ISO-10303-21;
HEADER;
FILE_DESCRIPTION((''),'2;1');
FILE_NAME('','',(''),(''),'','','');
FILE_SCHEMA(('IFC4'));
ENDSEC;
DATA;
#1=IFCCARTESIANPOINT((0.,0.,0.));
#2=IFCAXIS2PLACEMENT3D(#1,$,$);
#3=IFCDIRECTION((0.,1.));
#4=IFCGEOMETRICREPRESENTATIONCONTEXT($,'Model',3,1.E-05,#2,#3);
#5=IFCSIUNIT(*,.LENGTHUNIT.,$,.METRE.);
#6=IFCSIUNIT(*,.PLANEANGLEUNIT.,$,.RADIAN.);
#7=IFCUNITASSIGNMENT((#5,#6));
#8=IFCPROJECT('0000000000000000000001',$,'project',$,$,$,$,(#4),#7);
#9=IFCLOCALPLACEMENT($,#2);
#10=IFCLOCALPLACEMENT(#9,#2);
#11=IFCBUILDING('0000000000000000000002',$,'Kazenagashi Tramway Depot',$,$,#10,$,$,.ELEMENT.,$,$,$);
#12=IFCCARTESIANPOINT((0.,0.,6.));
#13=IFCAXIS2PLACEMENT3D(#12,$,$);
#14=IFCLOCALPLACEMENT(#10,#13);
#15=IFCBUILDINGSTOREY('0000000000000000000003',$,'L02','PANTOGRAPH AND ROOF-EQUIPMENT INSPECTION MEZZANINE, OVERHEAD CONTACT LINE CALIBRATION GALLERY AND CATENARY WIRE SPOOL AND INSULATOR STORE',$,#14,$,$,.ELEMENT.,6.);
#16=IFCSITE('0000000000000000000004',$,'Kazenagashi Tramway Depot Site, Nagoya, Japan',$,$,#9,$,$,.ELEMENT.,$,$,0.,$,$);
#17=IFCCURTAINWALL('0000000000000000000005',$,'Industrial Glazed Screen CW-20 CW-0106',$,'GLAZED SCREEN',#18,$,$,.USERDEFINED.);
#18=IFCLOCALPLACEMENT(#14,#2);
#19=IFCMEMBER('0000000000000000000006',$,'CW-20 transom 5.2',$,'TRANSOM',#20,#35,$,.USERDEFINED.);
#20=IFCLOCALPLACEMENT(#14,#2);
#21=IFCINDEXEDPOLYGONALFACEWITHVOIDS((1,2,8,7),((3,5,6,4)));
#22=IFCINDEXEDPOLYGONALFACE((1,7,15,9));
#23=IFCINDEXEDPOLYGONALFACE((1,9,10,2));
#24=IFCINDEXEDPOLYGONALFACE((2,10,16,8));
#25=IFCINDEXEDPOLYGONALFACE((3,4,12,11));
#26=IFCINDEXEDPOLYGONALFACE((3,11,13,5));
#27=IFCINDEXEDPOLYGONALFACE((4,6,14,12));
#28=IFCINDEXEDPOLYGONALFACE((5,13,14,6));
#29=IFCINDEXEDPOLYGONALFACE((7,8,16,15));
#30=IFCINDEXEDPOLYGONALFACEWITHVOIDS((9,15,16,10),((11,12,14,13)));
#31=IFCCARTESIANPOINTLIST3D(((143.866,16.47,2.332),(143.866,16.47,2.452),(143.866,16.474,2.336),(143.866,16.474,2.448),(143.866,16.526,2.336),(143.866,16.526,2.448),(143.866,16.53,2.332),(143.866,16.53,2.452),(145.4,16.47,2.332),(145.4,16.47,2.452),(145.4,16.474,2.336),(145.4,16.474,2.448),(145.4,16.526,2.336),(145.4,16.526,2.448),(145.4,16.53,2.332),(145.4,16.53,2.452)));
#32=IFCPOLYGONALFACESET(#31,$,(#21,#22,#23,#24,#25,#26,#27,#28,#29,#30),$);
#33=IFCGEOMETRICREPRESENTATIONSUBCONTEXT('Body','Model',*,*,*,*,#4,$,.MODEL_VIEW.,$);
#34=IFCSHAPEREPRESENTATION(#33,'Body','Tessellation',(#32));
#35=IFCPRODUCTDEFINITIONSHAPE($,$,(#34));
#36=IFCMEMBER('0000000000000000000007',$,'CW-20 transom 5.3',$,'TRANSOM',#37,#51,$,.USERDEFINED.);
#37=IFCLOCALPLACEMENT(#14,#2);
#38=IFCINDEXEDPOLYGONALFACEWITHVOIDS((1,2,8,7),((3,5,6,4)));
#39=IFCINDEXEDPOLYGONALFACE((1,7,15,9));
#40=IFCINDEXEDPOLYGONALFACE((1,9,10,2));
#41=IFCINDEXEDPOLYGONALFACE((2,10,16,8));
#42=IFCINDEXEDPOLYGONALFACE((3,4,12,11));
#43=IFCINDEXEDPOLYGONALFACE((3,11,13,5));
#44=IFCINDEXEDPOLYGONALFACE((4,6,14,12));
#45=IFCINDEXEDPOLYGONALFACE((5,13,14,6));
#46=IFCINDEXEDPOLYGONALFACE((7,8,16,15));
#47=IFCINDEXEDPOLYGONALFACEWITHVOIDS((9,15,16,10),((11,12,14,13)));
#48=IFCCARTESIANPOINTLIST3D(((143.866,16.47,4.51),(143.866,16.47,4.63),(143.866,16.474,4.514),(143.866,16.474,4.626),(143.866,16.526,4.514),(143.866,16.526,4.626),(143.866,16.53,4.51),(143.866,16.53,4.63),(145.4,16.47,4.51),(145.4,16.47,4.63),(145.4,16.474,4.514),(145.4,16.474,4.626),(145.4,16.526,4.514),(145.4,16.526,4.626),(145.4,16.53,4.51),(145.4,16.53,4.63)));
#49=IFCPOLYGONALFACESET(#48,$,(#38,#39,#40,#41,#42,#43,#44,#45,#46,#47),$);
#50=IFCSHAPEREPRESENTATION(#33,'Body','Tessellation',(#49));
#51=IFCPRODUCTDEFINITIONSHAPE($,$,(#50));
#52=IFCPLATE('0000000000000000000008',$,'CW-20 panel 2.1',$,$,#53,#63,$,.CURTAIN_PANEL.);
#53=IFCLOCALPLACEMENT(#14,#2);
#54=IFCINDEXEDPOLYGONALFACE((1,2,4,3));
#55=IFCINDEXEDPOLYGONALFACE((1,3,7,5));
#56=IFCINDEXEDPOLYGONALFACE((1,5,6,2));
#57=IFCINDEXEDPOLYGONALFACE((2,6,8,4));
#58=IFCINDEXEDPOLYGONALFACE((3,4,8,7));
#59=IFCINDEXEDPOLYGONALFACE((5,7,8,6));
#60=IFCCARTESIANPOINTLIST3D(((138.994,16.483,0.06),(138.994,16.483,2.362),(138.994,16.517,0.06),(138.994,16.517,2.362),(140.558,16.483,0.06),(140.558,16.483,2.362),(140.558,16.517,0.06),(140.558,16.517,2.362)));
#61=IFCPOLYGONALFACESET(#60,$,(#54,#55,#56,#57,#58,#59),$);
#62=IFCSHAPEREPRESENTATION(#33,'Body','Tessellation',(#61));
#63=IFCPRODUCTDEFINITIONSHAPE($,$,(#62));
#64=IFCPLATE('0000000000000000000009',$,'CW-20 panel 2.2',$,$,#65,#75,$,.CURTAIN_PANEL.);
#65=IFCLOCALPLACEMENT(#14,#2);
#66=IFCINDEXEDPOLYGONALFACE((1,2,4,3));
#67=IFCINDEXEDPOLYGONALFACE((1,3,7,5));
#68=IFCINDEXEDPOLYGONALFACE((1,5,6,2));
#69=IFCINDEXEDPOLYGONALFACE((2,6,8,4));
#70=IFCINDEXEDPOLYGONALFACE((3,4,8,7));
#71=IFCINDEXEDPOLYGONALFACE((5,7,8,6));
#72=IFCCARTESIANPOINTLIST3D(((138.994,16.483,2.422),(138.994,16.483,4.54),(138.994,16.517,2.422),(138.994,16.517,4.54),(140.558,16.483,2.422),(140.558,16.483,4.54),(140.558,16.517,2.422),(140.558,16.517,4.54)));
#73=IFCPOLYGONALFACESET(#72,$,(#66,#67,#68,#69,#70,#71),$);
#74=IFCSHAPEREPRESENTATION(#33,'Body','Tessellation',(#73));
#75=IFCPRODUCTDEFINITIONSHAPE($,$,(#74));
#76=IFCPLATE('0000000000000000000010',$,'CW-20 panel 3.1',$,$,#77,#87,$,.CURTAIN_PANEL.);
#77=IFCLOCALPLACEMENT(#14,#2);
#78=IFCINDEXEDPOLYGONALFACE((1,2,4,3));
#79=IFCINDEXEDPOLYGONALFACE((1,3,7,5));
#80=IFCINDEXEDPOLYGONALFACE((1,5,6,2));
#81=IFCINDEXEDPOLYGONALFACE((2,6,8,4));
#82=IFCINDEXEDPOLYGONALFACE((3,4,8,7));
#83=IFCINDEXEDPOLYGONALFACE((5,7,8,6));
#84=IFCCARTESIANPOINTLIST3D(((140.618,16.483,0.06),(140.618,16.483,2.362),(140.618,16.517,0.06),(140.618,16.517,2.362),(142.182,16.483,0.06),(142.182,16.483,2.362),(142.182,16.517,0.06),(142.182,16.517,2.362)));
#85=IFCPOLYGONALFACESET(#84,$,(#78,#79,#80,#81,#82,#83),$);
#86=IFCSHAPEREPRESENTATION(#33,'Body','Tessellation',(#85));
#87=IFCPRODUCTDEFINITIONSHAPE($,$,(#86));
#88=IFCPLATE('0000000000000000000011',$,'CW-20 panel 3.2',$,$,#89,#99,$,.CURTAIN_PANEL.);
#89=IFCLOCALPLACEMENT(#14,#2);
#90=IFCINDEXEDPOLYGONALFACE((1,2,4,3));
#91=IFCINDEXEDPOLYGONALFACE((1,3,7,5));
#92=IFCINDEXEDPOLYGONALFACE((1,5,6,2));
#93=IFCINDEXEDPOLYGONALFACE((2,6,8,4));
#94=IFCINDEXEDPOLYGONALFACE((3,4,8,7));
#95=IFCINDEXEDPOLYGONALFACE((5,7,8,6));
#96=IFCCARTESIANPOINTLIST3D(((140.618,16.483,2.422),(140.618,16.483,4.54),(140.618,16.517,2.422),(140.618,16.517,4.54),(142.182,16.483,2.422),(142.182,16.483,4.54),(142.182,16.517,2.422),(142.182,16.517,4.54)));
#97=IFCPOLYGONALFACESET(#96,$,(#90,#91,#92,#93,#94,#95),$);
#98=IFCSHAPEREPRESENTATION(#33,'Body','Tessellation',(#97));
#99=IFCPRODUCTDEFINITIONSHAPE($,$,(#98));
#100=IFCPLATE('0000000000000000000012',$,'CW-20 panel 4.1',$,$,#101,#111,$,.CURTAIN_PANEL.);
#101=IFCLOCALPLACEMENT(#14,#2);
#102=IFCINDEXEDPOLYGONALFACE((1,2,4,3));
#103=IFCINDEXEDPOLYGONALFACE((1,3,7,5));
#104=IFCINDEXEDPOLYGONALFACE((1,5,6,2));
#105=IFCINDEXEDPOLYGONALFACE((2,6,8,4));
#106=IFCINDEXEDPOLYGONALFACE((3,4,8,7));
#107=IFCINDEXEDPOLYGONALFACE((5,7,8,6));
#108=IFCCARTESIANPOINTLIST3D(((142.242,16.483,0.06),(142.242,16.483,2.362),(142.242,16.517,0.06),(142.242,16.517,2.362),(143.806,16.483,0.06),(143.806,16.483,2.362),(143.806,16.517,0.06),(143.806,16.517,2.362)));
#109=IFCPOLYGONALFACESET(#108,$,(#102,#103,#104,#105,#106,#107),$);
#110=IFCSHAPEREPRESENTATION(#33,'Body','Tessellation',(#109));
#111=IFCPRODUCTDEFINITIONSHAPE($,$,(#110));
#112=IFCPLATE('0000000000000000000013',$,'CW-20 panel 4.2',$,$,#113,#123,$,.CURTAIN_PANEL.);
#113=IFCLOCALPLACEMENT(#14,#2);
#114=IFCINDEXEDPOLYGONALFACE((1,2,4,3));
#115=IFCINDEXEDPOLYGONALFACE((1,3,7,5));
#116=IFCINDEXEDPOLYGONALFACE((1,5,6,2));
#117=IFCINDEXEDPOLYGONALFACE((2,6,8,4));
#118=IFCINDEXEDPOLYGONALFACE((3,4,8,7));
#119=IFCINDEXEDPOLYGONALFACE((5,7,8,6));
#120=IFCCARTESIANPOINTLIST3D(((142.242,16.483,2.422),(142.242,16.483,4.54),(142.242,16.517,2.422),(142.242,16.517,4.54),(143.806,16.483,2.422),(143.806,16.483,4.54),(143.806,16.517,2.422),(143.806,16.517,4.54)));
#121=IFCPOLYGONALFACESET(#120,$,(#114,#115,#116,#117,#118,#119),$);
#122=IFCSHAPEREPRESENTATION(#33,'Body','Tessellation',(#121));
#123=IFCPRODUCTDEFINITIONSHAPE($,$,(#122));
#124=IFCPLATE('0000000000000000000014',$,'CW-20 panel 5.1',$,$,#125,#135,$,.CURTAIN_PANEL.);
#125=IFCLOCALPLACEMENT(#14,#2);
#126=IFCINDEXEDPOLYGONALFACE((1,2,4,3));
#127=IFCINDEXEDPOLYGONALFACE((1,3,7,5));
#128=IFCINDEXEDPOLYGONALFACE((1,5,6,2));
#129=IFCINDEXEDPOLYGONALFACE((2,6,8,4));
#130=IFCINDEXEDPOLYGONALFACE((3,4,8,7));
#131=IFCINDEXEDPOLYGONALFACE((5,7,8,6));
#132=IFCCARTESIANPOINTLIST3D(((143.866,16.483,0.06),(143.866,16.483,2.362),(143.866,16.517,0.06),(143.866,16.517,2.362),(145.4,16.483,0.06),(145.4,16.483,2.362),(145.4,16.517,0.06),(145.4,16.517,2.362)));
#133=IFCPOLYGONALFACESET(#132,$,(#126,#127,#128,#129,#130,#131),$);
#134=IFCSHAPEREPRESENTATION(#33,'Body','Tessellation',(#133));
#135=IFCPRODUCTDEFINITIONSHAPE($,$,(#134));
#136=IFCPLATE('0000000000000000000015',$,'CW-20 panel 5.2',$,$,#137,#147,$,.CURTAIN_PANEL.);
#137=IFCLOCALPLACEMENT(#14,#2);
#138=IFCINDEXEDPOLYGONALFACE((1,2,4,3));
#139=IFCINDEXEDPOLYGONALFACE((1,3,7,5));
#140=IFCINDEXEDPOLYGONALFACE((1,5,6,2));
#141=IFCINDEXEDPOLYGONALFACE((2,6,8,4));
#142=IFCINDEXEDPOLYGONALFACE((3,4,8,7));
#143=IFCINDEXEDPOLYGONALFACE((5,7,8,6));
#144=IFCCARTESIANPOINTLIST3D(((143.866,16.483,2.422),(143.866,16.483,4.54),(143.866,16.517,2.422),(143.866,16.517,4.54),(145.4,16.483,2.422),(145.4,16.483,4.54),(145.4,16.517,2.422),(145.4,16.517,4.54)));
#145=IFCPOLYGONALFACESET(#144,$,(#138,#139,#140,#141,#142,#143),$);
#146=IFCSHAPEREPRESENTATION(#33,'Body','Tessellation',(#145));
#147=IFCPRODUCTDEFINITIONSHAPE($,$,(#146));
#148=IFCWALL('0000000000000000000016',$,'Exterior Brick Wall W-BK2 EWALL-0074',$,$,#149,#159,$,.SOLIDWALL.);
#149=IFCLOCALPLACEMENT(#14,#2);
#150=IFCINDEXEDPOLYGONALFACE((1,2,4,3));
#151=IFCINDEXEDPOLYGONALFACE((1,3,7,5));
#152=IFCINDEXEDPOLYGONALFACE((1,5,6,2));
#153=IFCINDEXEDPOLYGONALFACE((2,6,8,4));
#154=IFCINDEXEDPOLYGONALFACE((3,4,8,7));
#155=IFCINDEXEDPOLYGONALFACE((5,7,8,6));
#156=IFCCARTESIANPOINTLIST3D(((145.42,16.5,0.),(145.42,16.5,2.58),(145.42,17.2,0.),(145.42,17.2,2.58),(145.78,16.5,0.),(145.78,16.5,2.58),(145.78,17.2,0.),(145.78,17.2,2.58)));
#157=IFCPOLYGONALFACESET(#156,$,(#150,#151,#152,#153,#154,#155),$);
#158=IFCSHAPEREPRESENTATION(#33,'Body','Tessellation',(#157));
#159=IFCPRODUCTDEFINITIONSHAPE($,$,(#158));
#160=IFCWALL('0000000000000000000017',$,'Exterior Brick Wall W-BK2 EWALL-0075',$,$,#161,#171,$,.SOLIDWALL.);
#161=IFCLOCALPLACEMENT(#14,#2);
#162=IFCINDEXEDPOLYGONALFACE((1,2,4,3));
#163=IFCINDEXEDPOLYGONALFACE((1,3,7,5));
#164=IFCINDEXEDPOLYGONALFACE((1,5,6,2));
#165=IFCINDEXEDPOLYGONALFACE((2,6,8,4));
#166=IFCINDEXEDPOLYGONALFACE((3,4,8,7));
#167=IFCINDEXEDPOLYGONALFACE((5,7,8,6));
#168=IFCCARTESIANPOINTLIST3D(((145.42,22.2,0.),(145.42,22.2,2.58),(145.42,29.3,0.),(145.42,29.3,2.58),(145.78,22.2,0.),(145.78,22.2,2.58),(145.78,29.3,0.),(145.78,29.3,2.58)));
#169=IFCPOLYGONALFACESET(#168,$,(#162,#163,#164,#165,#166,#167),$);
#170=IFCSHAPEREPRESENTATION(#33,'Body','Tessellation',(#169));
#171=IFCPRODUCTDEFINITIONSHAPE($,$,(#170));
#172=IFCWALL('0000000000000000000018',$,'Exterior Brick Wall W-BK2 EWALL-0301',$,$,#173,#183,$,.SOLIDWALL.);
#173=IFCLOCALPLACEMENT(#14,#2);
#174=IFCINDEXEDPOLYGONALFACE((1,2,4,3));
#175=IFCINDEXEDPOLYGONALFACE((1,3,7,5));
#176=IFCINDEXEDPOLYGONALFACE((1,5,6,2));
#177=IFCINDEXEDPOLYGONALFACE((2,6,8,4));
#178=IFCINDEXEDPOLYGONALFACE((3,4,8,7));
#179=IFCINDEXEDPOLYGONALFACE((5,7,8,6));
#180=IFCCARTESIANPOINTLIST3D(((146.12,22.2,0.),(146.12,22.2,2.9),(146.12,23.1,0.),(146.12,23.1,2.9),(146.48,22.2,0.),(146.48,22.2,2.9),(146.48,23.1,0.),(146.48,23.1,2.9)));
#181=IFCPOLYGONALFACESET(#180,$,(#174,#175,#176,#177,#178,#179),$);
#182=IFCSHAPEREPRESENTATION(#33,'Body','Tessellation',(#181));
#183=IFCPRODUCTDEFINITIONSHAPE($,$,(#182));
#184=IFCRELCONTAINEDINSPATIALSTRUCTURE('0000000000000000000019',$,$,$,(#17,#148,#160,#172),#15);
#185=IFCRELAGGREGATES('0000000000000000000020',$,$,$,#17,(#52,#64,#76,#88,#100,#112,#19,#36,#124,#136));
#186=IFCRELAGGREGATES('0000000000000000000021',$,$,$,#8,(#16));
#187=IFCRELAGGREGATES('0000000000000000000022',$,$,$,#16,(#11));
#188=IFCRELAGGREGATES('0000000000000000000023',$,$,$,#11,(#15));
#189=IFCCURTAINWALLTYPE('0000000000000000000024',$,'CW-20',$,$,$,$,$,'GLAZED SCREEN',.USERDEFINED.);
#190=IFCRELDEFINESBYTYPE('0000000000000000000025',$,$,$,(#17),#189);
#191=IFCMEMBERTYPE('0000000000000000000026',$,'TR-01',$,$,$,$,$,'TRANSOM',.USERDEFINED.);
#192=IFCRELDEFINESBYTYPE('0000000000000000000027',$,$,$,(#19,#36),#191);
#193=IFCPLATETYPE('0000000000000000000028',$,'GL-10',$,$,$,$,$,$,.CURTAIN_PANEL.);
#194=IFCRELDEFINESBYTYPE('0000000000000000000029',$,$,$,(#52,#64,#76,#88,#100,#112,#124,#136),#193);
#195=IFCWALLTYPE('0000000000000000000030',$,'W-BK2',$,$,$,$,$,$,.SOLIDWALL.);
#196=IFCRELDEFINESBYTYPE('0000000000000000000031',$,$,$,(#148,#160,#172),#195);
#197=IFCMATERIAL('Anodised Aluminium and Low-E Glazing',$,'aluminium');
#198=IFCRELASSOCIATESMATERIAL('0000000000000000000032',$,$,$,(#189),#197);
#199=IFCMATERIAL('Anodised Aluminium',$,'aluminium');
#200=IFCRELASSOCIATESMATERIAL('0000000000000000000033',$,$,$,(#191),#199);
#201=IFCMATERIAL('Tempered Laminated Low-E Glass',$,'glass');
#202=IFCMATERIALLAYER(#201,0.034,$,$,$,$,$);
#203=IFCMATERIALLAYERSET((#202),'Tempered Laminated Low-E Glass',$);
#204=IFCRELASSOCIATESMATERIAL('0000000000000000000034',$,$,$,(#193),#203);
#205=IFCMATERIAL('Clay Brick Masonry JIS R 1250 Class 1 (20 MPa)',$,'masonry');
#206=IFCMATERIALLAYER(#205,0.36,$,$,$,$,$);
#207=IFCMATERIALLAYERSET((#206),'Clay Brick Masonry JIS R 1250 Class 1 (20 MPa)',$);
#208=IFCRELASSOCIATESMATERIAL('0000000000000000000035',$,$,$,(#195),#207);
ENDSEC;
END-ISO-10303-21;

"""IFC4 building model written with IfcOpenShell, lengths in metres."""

from ifc_helpers import new_model, si_unit, direction, frame, frame_2d, origin, origin_2d, place, context, subcontext, project, spatial, rectangle, hollow_rectangle, extrude, material, layer, layer_set, material_profile, profile_set, type_object, element, aggregate, save


model = new_model("IFC4")

# Units and contexts
model_context = context("Model", 3, precision=1e-05, world=origin(), true_north=direction((0.0, 1.0)))
body_context = subcontext(model_context, "Body", "Model", "MODEL_VIEW")
ifc_project = project(units=[si_unit("LENGTHUNIT", "METRE"), si_unit("PLANEANGLEUNIT", "RADIAN")], contexts=[model_context])

# Site, building, storey
site_placement = place(None, origin())
site = spatial("IfcSite", under=ifc_project, at=site_placement, Name="Kazenagashi Tramway Depot Site, Nagoya, Japan", CompositionType="ELEMENT", RefElevation=0.0)
building_placement = place(site_placement, origin())
building = spatial("IfcBuilding", under=site, at=building_placement, Name="Kazenagashi Tramway Depot", CompositionType="ELEMENT")
storey_placement = place(building_placement, frame((0.0, 0.0, 6.0)))
storey = spatial("IfcBuildingStorey", under=building, at=storey_placement, Name="L02", Description="PANTOGRAPH AND ROOF-EQUIPMENT INSPECTION MEZZANINE, OVERHEAD CONTACT LINE CALIBRATION GALLERY AND CATENARY WIRE SPOOL AND INSULATOR STORE", CompositionType="ELEMENT", Elevation=6.0)

# Curtain wall
ifc_material_1 = material(Name="Anodised Aluminium and Low-E Glazing", Category="aluminium")
curtain_wall_type = type_object("IfcCurtainWallType", Name="CW-20", ElementType="GLAZED SCREEN", PredefinedType="USERDEFINED", material=ifc_material_1)
curtain_wall_placement = place(storey_placement, origin())
curtain_wall = element("IfcCurtainWall", 1, at=curtain_wall_placement, inside=storey, type_object=curtain_wall_type, Name="Industrial Glazed Screen CW-20 CW-0106", ObjectType="GLAZED SCREEN", PredefinedType="USERDEFINED")
ifc_material_2 = material(Name="Anodised Aluminium", Category="aluminium")

# Members
ifc_material_profile_1 = material_profile(ifc_material_2, hollow_rectangle(XDim=0.06, YDim=0.12, WallThickness=0.004, at=origin_2d()), Name="RHS-120x60x4")
ifc_profile_set_1 = profile_set([ifc_material_profile_1], Name="Anodised Aluminium")
member_type_1 = type_object("IfcMemberType", Name="TR-01", ElementType="TRANSOM", PredefinedType="USERDEFINED", material=ifc_profile_set_1)
member_1_placement = place(storey_placement, frame((143.866, 16.5, 2.392), z_axis=(1.0, 0.0, 0.0), x_axis=(0.0, 1.0, 0.0)))
member_1 = element("IfcMember", 2, at=member_1_placement, type_object=member_type_1, Name="CW-20 transom 5.2", ObjectType="TRANSOM", PredefinedType="USERDEFINED", context=body_context, shape_type="SweptSolid", body=[
    extrude(hollow_rectangle(XDim=0.06, YDim=0.12, WallThickness=0.004, at=origin_2d()), origin(), (0.0, 0.0, 1.0), 1.534),
])
member_2_placement = place(storey_placement, frame((143.866, 16.5, 4.57), z_axis=(1.0, 0.0, 0.0), x_axis=(0.0, 1.0, 0.0)))
member_2 = element("IfcMember", 3, at=member_2_placement, type_object=member_type_1, Name="CW-20 transom 5.3", ObjectType="TRANSOM", PredefinedType="USERDEFINED", context=body_context, shape_type="SweptSolid", body=[
    extrude(hollow_rectangle(XDim=0.06, YDim=0.12, WallThickness=0.004, at=origin_2d()), origin(), (0.0, 0.0, 1.0), 1.534),
])

# Plates
ifc_material_3 = material(Name="Tempered Laminated Low-E Glass", Category="glass")
ifc_layer_1 = layer(ifc_material_3, 0.034)
ifc_layer_set_1 = layer_set([ifc_layer_1], Name="Tempered Laminated Low-E Glass")
plate_type = type_object("IfcPlateType", Name="GL-10", PredefinedType="CURTAIN_PANEL", material=ifc_layer_set_1)
plate_1_placement = place(storey_placement, frame((139.776, 16.5, 0.06), z_axis=(0.0, 0.0, 1.0), x_axis=(1.0, 0.0, 0.0)))
plate_1 = element("IfcPlate", 4, at=plate_1_placement, type_object=plate_type, Name="CW-20 panel 2.1", PredefinedType="CURTAIN_PANEL", context=body_context, shape_type="SweptSolid", body=[
    extrude(rectangle(XDim=1.564, YDim=0.034, at=origin_2d()), origin(), (0.0, 0.0, 1.0), 2.302),
])
plate_2_placement = place(storey_placement, frame((139.776, 16.5, 2.422), z_axis=(0.0, 0.0, 1.0), x_axis=(1.0, 0.0, 0.0)))
plate_2 = element("IfcPlate", 5, at=plate_2_placement, type_object=plate_type, Name="CW-20 panel 2.2", PredefinedType="CURTAIN_PANEL", context=body_context, shape_type="SweptSolid", body=[
    extrude(rectangle(XDim=1.564, YDim=0.034, at=origin_2d()), origin(), (0.0, 0.0, 1.0), 2.118),
])
plate_3_placement = place(storey_placement, frame((141.4, 16.5, 0.06), z_axis=(0.0, 0.0, 1.0), x_axis=(1.0, 0.0, 0.0)))
plate_3 = element("IfcPlate", 6, at=plate_3_placement, type_object=plate_type, Name="CW-20 panel 3.1", PredefinedType="CURTAIN_PANEL", context=body_context, shape_type="SweptSolid", body=[
    extrude(rectangle(XDim=1.564, YDim=0.034, at=origin_2d()), origin(), (0.0, 0.0, 1.0), 2.302),
])
plate_4_placement = place(storey_placement, frame((141.4, 16.5, 2.422), z_axis=(0.0, 0.0, 1.0), x_axis=(1.0, 0.0, 0.0)))
plate_4 = element("IfcPlate", 7, at=plate_4_placement, type_object=plate_type, Name="CW-20 panel 3.2", PredefinedType="CURTAIN_PANEL", context=body_context, shape_type="SweptSolid", body=[
    extrude(rectangle(XDim=1.564, YDim=0.034, at=origin_2d()), origin(), (0.0, 0.0, 1.0), 2.118),
])
plate_5_placement = place(storey_placement, frame((143.024, 16.5, 0.06), z_axis=(0.0, 0.0, 1.0), x_axis=(1.0, 0.0, 0.0)))
plate_5 = element("IfcPlate", 8, at=plate_5_placement, type_object=plate_type, Name="CW-20 panel 4.1", PredefinedType="CURTAIN_PANEL", context=body_context, shape_type="SweptSolid", body=[
    extrude(rectangle(XDim=1.564, YDim=0.034, at=origin_2d()), origin(), (0.0, 0.0, 1.0), 2.302),
])
plate_6_placement = place(storey_placement, frame((143.024, 16.5, 2.422), z_axis=(0.0, 0.0, 1.0), x_axis=(1.0, 0.0, 0.0)))
plate_6 = element("IfcPlate", 9, at=plate_6_placement, type_object=plate_type, Name="CW-20 panel 4.2", PredefinedType="CURTAIN_PANEL", context=body_context, shape_type="SweptSolid", body=[
    extrude(rectangle(XDim=1.564, YDim=0.034, at=origin_2d()), origin(), (0.0, 0.0, 1.0), 2.118),
])
plate_7_placement = place(storey_placement, frame((144.633, 16.5, 0.06), z_axis=(0.0, 0.0, 1.0), x_axis=(1.0, 0.0, 0.0)))
plate_7 = element("IfcPlate", 10, at=plate_7_placement, type_object=plate_type, Name="CW-20 panel 5.1", PredefinedType="CURTAIN_PANEL", context=body_context, shape_type="SweptSolid", body=[
    extrude(rectangle(XDim=1.534, YDim=0.034, at=origin_2d()), origin(), (0.0, 0.0, 1.0), 2.302),
])
plate_8_placement = place(storey_placement, frame((144.633, 16.5, 2.422), z_axis=(0.0, 0.0, 1.0), x_axis=(1.0, 0.0, 0.0)))
plate_8 = element("IfcPlate", 11, at=plate_8_placement, type_object=plate_type, Name="CW-20 panel 5.2", PredefinedType="CURTAIN_PANEL", context=body_context, shape_type="SweptSolid", body=[
    extrude(rectangle(XDim=1.534, YDim=0.034, at=origin_2d()), origin(), (0.0, 0.0, 1.0), 2.118),
])
aggregate(curtain_wall, [plate_1, plate_2, plate_3, plate_4, plate_5, plate_6, member_1, member_2, plate_7, plate_8])

# Walls
ifc_material_4 = material(Name="Clay Brick Masonry JIS R 1250 Class 1 (20 MPa)", Category="masonry")
ifc_layer_2 = layer(ifc_material_4, 0.36)
ifc_layer_set_2 = layer_set([ifc_layer_2], Name="Clay Brick Masonry JIS R 1250 Class 1 (20 MPa)")
wall_type = type_object("IfcWallType", Name="W-BK2", PredefinedType="SOLIDWALL", material=ifc_layer_set_2)
wall_1_placement = place(storey_placement, frame((145.6, 16.5, 0.0), z_axis=(0.0, 0.0, 1.0), x_axis=(0.0, 1.0, 0.0)))
element("IfcWall", 12, at=wall_1_placement, inside=storey, type_object=wall_type, Name="Exterior Brick Wall W-BK2 EWALL-0074", PredefinedType="SOLIDWALL", context=body_context, shape_type="SweptSolid", body=[
    extrude(rectangle(XDim=0.7, YDim=0.36, at=frame_2d((0.35, 0.0))), origin(), (0.0, 0.0, 1.0), 2.58),
])
wall_2_placement = place(storey_placement, frame((145.6, 22.2, 0.0), z_axis=(0.0, 0.0, 1.0), x_axis=(0.0, 1.0, 0.0)))
element("IfcWall", 13, at=wall_2_placement, inside=storey, type_object=wall_type, Name="Exterior Brick Wall W-BK2 EWALL-0075", PredefinedType="SOLIDWALL", context=body_context, shape_type="SweptSolid", body=[
    extrude(rectangle(XDim=7.1, YDim=0.36, at=frame_2d((3.55, 0.0))), origin(), (0.0, 0.0, 1.0), 2.58),
])
wall_3_placement = place(storey_placement, frame((146.3, 22.2, 0.0), z_axis=(0.0, 0.0, 1.0), x_axis=(0.0, 1.0, 0.0)))
element("IfcWall", 14, at=wall_3_placement, inside=storey, type_object=wall_type, Name="Exterior Brick Wall W-BK2 EWALL-0301", PredefinedType="SOLIDWALL", context=body_context, shape_type="SweptSolid", body=[
    extrude(rectangle(XDim=0.9, YDim=0.36, at=frame_2d((0.45, 0.0))), origin(), (0.0, 0.0, 1.0), 2.9),
])

save(model, "model.ifc")
